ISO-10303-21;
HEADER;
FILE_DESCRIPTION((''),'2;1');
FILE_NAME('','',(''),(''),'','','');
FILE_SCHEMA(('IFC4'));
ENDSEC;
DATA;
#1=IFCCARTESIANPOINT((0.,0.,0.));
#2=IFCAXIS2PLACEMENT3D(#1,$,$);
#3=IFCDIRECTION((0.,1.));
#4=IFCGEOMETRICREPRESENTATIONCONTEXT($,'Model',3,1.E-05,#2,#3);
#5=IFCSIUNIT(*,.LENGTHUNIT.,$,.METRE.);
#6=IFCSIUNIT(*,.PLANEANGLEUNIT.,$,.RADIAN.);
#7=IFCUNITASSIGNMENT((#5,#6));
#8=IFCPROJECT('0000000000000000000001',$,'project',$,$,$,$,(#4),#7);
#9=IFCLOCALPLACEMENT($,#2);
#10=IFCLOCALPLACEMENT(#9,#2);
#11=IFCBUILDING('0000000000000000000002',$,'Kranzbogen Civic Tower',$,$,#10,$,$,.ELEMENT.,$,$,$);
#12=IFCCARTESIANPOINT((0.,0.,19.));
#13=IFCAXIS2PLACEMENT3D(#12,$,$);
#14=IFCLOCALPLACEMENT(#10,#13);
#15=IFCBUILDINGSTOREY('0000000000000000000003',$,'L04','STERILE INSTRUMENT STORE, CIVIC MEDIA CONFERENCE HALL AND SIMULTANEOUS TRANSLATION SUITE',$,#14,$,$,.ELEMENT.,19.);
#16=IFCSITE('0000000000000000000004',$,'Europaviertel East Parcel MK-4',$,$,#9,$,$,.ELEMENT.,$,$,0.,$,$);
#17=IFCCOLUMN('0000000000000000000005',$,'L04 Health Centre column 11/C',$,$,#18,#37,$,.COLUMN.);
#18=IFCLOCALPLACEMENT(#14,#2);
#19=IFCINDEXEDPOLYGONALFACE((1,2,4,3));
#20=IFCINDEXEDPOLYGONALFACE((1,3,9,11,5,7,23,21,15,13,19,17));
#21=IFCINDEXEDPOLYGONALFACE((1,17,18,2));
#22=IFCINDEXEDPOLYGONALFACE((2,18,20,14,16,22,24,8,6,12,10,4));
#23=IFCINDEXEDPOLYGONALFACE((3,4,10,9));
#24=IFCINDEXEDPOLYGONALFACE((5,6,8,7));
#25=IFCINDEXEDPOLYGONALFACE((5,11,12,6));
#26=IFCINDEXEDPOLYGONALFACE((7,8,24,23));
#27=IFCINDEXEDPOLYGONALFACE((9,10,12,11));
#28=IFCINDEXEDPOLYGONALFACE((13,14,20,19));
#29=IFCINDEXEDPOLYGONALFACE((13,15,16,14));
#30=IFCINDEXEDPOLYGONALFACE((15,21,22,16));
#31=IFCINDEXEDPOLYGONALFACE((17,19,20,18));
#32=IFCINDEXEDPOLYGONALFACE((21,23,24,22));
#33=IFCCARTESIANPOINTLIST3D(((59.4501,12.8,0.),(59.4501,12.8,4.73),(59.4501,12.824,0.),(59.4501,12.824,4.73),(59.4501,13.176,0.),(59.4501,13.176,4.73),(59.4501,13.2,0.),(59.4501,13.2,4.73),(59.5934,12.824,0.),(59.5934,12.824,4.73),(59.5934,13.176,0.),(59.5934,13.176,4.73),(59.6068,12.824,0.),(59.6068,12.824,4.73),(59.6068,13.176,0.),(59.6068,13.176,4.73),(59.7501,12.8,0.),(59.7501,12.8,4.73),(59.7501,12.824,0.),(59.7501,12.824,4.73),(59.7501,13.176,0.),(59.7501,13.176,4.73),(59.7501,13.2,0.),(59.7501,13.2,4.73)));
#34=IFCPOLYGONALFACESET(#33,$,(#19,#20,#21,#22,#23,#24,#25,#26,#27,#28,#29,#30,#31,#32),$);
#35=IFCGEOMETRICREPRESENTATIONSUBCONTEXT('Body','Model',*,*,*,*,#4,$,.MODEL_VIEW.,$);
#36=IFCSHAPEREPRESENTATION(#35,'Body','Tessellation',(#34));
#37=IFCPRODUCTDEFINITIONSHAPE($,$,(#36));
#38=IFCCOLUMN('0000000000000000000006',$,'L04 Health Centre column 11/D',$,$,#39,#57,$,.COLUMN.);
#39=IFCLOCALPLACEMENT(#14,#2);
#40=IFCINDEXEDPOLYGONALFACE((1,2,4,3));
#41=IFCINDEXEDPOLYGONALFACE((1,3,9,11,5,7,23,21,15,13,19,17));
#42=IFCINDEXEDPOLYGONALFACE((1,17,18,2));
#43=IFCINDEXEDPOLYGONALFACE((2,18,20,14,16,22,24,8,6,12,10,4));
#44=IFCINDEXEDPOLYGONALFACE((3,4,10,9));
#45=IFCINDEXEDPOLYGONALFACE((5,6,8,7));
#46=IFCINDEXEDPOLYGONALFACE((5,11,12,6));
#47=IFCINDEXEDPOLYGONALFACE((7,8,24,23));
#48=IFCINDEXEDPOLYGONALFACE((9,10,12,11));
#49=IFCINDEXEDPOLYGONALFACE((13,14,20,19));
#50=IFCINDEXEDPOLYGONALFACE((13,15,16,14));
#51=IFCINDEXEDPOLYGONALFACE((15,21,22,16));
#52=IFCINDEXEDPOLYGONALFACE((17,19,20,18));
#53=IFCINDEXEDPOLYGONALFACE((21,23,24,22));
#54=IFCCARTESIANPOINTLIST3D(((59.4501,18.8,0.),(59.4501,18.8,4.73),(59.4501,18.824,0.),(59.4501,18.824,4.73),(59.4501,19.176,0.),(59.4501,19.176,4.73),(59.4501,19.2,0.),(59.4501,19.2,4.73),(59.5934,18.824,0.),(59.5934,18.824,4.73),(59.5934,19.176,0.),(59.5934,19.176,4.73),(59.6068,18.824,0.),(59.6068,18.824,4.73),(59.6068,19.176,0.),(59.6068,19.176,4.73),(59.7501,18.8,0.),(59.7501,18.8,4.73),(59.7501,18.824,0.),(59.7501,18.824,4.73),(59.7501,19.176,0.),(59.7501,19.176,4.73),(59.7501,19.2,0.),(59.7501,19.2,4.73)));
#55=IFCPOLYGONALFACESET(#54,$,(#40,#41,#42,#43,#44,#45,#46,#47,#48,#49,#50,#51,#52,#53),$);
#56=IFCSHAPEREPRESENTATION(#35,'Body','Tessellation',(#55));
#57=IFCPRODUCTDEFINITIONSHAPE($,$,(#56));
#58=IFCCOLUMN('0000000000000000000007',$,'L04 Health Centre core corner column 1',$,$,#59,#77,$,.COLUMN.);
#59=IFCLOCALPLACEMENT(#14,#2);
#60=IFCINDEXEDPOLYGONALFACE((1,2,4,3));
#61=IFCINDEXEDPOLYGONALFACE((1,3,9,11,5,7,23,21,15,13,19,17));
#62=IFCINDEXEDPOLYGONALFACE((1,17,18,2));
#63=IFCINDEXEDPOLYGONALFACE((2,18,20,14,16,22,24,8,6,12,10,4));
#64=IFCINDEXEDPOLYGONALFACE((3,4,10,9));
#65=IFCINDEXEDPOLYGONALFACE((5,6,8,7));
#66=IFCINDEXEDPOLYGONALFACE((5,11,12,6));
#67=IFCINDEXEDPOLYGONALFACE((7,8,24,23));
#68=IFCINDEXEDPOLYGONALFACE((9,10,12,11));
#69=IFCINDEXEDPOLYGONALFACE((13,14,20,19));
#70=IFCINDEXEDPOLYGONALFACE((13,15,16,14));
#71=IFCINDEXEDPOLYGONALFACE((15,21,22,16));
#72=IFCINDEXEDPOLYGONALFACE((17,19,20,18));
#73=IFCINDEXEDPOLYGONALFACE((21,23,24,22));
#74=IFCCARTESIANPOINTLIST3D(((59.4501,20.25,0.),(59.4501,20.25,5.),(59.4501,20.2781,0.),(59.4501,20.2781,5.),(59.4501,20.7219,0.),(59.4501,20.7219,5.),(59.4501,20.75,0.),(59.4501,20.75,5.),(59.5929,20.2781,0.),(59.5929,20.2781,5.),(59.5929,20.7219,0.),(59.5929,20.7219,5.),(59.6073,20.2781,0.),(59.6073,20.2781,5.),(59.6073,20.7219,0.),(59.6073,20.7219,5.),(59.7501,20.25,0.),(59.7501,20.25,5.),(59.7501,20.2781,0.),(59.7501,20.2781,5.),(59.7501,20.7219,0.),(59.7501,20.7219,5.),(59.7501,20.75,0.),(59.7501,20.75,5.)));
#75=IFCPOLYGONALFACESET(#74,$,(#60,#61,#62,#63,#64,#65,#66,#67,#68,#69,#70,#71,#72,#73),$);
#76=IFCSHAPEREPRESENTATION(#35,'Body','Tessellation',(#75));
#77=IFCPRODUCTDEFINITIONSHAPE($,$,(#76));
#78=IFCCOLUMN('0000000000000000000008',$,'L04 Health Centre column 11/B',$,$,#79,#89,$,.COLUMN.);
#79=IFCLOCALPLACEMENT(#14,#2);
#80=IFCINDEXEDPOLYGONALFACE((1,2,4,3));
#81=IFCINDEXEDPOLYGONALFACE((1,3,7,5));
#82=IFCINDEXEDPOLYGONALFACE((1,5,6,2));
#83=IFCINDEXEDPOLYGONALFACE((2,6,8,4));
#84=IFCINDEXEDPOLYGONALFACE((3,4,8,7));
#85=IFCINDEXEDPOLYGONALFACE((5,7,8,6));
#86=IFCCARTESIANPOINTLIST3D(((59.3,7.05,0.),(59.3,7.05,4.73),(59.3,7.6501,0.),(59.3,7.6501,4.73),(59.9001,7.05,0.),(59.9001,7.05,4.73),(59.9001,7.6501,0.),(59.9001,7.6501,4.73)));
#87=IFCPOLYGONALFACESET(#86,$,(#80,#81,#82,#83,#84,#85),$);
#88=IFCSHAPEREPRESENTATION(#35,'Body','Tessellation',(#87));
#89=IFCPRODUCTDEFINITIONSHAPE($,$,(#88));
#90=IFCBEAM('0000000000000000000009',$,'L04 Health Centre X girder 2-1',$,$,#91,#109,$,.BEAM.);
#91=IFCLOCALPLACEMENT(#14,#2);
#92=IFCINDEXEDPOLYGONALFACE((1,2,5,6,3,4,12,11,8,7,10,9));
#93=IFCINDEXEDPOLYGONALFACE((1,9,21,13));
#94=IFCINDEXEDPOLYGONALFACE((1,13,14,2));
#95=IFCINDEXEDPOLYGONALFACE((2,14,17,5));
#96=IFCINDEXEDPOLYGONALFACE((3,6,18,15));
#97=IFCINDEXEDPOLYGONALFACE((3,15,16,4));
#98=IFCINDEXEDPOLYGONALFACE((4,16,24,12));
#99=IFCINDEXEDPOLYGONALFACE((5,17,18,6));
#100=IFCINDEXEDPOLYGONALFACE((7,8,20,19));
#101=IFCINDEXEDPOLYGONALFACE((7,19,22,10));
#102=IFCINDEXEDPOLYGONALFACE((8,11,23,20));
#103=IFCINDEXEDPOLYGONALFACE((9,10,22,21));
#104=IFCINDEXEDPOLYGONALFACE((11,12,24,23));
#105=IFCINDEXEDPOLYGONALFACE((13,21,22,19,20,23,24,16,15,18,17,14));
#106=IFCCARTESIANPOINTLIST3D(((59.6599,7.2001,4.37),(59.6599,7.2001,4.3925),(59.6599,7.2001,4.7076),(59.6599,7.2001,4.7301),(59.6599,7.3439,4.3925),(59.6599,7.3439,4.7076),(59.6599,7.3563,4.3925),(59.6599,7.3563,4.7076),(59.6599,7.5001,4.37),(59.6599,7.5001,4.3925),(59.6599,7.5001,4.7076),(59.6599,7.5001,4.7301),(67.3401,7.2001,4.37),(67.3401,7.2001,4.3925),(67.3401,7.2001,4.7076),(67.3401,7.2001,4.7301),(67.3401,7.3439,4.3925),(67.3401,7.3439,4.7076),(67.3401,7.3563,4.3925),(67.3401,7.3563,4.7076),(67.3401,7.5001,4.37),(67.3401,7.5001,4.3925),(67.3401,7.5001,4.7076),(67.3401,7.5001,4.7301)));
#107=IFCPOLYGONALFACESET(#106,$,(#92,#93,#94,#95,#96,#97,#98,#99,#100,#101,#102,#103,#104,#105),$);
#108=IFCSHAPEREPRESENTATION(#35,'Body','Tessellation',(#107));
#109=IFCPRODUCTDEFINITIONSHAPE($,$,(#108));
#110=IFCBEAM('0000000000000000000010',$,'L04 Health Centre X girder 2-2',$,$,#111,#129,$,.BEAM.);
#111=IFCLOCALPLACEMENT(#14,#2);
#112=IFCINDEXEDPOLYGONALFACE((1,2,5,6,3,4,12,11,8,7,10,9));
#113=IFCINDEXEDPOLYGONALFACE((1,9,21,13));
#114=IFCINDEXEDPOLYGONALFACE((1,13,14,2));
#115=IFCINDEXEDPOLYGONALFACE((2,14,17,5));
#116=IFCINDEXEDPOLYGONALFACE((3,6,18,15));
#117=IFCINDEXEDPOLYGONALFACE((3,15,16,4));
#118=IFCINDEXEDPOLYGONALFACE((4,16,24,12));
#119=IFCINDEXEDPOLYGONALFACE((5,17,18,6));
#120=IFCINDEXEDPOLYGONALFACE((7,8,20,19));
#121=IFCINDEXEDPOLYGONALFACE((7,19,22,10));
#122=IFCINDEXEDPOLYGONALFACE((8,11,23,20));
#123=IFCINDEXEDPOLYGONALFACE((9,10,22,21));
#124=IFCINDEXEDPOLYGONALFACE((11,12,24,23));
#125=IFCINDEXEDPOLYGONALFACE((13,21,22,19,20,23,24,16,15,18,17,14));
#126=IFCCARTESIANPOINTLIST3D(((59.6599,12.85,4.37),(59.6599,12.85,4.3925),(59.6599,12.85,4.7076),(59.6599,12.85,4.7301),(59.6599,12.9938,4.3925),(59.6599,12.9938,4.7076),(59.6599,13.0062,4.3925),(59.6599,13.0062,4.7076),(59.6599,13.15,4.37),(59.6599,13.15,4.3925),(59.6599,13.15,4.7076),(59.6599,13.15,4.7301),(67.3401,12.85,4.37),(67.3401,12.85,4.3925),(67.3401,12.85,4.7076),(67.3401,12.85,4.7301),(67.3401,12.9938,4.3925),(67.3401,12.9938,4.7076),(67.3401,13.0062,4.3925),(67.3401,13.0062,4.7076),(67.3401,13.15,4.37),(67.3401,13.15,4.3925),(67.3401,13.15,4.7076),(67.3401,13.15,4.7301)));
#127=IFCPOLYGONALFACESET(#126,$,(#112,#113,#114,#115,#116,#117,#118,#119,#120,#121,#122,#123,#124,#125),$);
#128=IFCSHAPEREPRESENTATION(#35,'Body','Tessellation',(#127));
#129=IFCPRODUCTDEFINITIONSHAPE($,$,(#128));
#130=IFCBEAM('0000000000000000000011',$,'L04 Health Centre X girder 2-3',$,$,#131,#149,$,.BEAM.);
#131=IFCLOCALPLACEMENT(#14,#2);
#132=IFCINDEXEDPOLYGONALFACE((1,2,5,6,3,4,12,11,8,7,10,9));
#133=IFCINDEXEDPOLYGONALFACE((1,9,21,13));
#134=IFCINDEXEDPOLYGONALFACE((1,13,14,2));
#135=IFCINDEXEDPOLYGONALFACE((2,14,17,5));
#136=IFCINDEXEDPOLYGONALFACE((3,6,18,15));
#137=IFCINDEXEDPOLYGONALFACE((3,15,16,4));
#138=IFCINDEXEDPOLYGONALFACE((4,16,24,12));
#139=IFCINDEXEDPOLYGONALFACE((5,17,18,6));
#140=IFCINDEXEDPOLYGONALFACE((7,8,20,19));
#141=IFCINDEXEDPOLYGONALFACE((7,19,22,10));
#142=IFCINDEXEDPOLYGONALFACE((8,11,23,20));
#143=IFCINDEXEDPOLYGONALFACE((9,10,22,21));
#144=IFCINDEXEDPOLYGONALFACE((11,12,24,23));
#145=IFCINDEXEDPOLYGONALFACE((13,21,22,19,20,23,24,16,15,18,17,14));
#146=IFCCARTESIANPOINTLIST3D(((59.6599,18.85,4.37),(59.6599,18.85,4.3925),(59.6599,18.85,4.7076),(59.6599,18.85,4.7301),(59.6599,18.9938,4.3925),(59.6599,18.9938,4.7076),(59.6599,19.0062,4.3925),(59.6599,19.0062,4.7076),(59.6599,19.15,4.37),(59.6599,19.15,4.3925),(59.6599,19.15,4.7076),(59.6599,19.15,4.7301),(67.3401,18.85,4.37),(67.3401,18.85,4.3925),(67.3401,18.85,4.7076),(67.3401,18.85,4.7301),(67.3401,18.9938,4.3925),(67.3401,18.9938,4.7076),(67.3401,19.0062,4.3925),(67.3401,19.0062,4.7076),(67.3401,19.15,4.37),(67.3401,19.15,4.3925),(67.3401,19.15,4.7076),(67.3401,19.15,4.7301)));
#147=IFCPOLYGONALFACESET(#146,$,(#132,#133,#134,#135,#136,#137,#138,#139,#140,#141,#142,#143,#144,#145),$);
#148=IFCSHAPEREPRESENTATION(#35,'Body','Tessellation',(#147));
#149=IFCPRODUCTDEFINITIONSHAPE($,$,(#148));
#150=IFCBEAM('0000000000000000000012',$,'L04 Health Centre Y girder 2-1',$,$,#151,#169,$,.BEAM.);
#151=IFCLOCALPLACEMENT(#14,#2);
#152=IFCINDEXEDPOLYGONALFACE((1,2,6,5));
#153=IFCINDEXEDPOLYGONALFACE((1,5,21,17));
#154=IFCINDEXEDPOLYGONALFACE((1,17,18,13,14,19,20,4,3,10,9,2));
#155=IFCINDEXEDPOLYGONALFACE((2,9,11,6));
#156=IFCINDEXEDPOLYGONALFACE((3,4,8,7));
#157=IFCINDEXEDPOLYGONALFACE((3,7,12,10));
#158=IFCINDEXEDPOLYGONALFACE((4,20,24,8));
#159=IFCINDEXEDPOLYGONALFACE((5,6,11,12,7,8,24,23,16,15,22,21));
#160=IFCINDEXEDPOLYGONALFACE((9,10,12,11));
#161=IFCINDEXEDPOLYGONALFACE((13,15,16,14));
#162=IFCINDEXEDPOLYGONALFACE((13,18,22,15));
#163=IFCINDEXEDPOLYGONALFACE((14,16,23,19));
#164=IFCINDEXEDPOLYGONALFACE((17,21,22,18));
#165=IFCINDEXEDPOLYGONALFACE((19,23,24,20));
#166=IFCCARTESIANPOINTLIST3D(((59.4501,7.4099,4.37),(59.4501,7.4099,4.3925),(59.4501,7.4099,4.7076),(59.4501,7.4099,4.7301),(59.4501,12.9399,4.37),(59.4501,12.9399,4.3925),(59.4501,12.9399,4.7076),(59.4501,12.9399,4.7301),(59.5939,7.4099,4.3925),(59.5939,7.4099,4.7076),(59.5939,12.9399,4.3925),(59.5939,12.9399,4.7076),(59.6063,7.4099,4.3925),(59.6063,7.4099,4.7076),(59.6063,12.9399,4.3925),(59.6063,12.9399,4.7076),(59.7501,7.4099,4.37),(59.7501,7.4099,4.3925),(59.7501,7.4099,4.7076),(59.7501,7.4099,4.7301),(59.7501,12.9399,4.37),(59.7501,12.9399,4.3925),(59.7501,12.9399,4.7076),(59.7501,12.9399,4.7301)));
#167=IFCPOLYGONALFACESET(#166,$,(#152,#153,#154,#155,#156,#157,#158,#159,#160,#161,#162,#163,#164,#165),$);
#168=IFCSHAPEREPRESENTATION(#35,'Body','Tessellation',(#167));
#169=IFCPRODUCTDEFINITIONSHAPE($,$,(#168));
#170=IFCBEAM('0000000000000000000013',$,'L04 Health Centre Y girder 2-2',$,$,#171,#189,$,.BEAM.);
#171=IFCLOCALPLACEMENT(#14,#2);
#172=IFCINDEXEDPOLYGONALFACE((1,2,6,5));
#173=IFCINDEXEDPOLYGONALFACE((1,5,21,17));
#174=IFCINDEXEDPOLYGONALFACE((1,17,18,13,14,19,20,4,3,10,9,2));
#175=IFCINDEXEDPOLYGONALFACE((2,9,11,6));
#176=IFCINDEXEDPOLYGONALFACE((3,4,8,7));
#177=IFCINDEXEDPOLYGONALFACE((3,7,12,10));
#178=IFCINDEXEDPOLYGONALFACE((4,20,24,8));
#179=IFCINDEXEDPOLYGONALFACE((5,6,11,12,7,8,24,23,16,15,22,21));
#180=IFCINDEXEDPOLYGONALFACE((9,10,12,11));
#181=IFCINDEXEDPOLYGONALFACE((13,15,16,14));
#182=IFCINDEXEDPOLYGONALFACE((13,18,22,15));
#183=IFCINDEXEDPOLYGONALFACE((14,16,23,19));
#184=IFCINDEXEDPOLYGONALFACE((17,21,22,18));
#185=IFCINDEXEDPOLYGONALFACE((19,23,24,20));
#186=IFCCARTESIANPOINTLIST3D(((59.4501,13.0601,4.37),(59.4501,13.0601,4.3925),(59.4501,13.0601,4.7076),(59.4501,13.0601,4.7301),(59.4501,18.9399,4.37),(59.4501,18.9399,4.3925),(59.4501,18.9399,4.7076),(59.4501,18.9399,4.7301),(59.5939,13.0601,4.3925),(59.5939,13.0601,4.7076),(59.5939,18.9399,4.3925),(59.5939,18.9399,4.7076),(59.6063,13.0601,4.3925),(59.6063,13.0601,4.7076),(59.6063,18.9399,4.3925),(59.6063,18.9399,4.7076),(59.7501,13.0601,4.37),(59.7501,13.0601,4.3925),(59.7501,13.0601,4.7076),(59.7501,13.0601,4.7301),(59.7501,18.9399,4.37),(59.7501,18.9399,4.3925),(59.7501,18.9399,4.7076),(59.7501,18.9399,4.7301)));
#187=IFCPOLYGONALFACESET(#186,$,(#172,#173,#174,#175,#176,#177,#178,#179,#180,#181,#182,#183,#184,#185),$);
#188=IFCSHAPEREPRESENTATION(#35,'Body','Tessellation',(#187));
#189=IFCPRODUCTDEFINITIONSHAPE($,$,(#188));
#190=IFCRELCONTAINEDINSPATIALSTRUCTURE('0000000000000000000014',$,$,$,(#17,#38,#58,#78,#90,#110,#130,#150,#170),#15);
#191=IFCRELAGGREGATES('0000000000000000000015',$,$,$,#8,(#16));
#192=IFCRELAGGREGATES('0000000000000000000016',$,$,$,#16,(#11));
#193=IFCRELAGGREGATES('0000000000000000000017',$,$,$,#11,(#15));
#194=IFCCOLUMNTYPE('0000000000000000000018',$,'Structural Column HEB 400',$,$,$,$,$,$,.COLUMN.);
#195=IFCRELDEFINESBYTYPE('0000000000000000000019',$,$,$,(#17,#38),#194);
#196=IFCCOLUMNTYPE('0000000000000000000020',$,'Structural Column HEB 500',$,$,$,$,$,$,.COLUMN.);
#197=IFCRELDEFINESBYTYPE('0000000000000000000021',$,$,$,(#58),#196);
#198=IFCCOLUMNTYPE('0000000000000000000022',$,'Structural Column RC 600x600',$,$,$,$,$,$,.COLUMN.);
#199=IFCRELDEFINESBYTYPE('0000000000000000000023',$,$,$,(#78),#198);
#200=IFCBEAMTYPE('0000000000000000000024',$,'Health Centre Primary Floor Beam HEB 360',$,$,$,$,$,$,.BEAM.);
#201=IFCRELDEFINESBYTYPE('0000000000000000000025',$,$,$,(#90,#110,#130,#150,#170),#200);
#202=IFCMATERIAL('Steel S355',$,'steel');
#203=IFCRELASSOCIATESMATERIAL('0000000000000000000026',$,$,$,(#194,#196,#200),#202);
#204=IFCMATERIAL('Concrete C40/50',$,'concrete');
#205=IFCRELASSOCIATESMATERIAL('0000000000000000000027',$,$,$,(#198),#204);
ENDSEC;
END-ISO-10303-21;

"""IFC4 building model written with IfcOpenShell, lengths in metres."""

from ifc_helpers import new_model, si_unit, direction, frame, origin, origin_2d, place, context, subcontext, project, spatial, rectangle, i_section, extrude, material, material_profile, profile_set, type_object, element, save


model = new_model("IFC4")

# Units and contexts
model_context = context("Model", 3, precision=1e-05, world=origin(), true_north=direction((0.0, 1.0)))
body_context = subcontext(model_context, "Body", "Model", "MODEL_VIEW")
ifc_project = project(units=[si_unit("LENGTHUNIT", "METRE"), si_unit("PLANEANGLEUNIT", "RADIAN")], contexts=[model_context])

# Site, building, storey
site_placement = place(None, origin())
site = spatial("IfcSite", under=ifc_project, at=site_placement, Name="Europaviertel East Parcel MK-4", CompositionType="ELEMENT", RefElevation=0.0)
building_placement = place(site_placement, origin())
building = spatial("IfcBuilding", under=site, at=building_placement, Name="Kranzbogen Civic Tower", CompositionType="ELEMENT")
storey_placement = place(building_placement, frame((0.0, 0.0, 19.0)))
storey = spatial("IfcBuildingStorey", under=building, at=storey_placement, Name="L04", Description="STERILE INSTRUMENT STORE, CIVIC MEDIA CONFERENCE HALL AND SIMULTANEOUS TRANSLATION SUITE", CompositionType="ELEMENT", Elevation=19.0)

# Columns
ifc_material_1 = material(Name="Steel S355", Category="steel")
ifc_material_profile_1 = material_profile(ifc_material_1, i_section(OverallWidth=0.3, OverallDepth=0.3999, WebThickness=0.0134, FlangeThickness=0.0239, at=origin_2d()), Name="HEB 400")
ifc_profile_set_1 = profile_set([ifc_material_profile_1], Name="Steel S355")
column_type_1 = type_object("IfcColumnType", Name="Structural Column HEB 400", PredefinedType="COLUMN", material=ifc_profile_set_1)
for number, where, z_axis, x_axis, name in (
    (1, (59.6001, 13.0, 0.0), (0.0, 0.0, 1.0), (1.0, 0.0, 0.0), "L04 Health Centre column 11/C"),
    (2, (59.6001, 19.0, 0.0), (0.0, 0.0, 1.0), (1.0, 0.0, 0.0), "L04 Health Centre column 11/D"),
):
    element("IfcColumn", number, at=place(storey_placement, frame(where, z_axis=z_axis, x_axis=x_axis)), inside=storey, type_object=column_type_1, Name=name, PredefinedType="COLUMN", context=body_context, shape_type="SweptSolid", body=[
        extrude(i_section(OverallWidth=0.3, OverallDepth=0.3999, WebThickness=0.0134, FlangeThickness=0.0239, at=origin_2d()), origin(), (0.0, 0.0, 1.0), 4.73),
    ])
ifc_material_profile_2 = material_profile(ifc_material_1, i_section(OverallWidth=0.3, OverallDepth=0.5, WebThickness=0.0144, FlangeThickness=0.0281, at=origin_2d()), Name="HEB 500")
ifc_profile_set_2 = profile_set([ifc_material_profile_2], Name="Steel S355")
column_type_2 = type_object("IfcColumnType", Name="Structural Column HEB 500", PredefinedType="COLUMN", material=ifc_profile_set_2)
column_1_placement = place(storey_placement, frame((59.6001, 20.5, 0.0), z_axis=(0.0, 0.0, 1.0), x_axis=(1.0, 0.0, 0.0)))
element("IfcColumn", 3, at=column_1_placement, inside=storey, type_object=column_type_2, Name="L04 Health Centre core corner column 1", PredefinedType="COLUMN", context=body_context, shape_type="SweptSolid", body=[
    extrude(i_section(OverallWidth=0.3, OverallDepth=0.5, WebThickness=0.0144, FlangeThickness=0.0281, at=origin_2d()), origin(), (0.0, 0.0, 1.0), 5.0),
])
ifc_material_2 = material(Name="Concrete C40/50", Category="concrete")
ifc_material_profile_3 = material_profile(ifc_material_2, rectangle(XDim=0.6001, YDim=0.6001, at=origin_2d()), Name="RC 600x600")
ifc_profile_set_3 = profile_set([ifc_material_profile_3], Name="Concrete C40/50")
column_type_3 = type_object("IfcColumnType", Name="Structural Column RC 600x600", PredefinedType="COLUMN", material=ifc_profile_set_3)
column_2_placement = place(storey_placement, frame((59.6001, 7.3501, 0.0), z_axis=(0.0, 0.0, 1.0), x_axis=(1.0, 0.0, 0.0)))
element("IfcColumn", 4, at=column_2_placement, inside=storey, type_object=column_type_3, Name="L04 Health Centre column 11/B", PredefinedType="COLUMN", context=body_context, shape_type="SweptSolid", body=[
    extrude(rectangle(XDim=0.6001, YDim=0.6001, at=origin_2d()), origin(), (0.0, 0.0, 1.0), 4.73),
])

# Beams
ifc_material_profile_4 = material_profile(ifc_material_1, i_section(OverallWidth=0.3, OverallDepth=0.3601, WebThickness=0.0125, FlangeThickness=0.0225, at=origin_2d()), Name="HEB 360")
ifc_profile_set_4 = profile_set([ifc_material_profile_4], Name="Steel S355")
beam_type_1 = type_object("IfcBeamType", Name="Health Centre Primary Floor Beam HEB 360", PredefinedType="BEAM", material=ifc_profile_set_4)
for number, where, z_axis, x_axis, name in (
    (5, (59.6599, 7.3501, 4.55), (1.0, 0.0, 0.0), (0.0, 1.0, 0.0), "L04 Health Centre X girder 2-1"),
    (6, (59.6599, 13.0, 4.55), (1.0, 0.0, 0.0), (0.0, 1.0, 0.0), "L04 Health Centre X girder 2-2"),
    (7, (59.6599, 19.0, 4.55), (1.0, 0.0, 0.0), (0.0, 1.0, 0.0), "L04 Health Centre X girder 2-3"),
):
    element("IfcBeam", number, at=place(storey_placement, frame(where, z_axis=z_axis, x_axis=x_axis)), inside=storey, type_object=beam_type_1, Name=name, PredefinedType="BEAM", context=body_context, shape_type="SweptSolid", body=[
        extrude(i_section(OverallWidth=0.3, OverallDepth=0.3601, WebThickness=0.0125, FlangeThickness=0.0225, at=origin_2d()), origin(), (0.0, 0.0, 1.0), 7.6802),
    ])
beam_1_placement = place(storey_placement, frame((59.6001, 7.4099, 4.55), z_axis=(0.0, 1.0, 0.0), x_axis=(-1.0, 0.0, 0.0)))
element("IfcBeam", 8, at=beam_1_placement, inside=storey, type_object=beam_type_1, Name="L04 Health Centre Y girder 2-1", PredefinedType="BEAM", context=body_context, shape_type="SweptSolid", body=[
    extrude(i_section(OverallWidth=0.3, OverallDepth=0.3601, WebThickness=0.0125, FlangeThickness=0.0225, at=origin_2d()), origin(), (0.0, 0.0, 1.0), 5.53),
])
for number, where, z_axis, x_axis, name in (
    (9, (59.6001, 13.0601, 4.55), (0.0, 1.0, 0.0), (-1.0, 0.0, 0.0), "L04 Health Centre Y girder 2-2"),
):
    element("IfcBeam", number, at=place(storey_placement, frame(where, z_axis=z_axis, x_axis=x_axis)), inside=storey, type_object=beam_type_1, Name=name, PredefinedType="BEAM", context=body_context, shape_type="SweptSolid", body=[
        extrude(i_section(OverallWidth=0.3, OverallDepth=0.3601, WebThickness=0.0125, FlangeThickness=0.0225, at=origin_2d()), origin(), (0.0, 0.0, 1.0), 5.8799),
    ])

save(model, "model.ifc")
